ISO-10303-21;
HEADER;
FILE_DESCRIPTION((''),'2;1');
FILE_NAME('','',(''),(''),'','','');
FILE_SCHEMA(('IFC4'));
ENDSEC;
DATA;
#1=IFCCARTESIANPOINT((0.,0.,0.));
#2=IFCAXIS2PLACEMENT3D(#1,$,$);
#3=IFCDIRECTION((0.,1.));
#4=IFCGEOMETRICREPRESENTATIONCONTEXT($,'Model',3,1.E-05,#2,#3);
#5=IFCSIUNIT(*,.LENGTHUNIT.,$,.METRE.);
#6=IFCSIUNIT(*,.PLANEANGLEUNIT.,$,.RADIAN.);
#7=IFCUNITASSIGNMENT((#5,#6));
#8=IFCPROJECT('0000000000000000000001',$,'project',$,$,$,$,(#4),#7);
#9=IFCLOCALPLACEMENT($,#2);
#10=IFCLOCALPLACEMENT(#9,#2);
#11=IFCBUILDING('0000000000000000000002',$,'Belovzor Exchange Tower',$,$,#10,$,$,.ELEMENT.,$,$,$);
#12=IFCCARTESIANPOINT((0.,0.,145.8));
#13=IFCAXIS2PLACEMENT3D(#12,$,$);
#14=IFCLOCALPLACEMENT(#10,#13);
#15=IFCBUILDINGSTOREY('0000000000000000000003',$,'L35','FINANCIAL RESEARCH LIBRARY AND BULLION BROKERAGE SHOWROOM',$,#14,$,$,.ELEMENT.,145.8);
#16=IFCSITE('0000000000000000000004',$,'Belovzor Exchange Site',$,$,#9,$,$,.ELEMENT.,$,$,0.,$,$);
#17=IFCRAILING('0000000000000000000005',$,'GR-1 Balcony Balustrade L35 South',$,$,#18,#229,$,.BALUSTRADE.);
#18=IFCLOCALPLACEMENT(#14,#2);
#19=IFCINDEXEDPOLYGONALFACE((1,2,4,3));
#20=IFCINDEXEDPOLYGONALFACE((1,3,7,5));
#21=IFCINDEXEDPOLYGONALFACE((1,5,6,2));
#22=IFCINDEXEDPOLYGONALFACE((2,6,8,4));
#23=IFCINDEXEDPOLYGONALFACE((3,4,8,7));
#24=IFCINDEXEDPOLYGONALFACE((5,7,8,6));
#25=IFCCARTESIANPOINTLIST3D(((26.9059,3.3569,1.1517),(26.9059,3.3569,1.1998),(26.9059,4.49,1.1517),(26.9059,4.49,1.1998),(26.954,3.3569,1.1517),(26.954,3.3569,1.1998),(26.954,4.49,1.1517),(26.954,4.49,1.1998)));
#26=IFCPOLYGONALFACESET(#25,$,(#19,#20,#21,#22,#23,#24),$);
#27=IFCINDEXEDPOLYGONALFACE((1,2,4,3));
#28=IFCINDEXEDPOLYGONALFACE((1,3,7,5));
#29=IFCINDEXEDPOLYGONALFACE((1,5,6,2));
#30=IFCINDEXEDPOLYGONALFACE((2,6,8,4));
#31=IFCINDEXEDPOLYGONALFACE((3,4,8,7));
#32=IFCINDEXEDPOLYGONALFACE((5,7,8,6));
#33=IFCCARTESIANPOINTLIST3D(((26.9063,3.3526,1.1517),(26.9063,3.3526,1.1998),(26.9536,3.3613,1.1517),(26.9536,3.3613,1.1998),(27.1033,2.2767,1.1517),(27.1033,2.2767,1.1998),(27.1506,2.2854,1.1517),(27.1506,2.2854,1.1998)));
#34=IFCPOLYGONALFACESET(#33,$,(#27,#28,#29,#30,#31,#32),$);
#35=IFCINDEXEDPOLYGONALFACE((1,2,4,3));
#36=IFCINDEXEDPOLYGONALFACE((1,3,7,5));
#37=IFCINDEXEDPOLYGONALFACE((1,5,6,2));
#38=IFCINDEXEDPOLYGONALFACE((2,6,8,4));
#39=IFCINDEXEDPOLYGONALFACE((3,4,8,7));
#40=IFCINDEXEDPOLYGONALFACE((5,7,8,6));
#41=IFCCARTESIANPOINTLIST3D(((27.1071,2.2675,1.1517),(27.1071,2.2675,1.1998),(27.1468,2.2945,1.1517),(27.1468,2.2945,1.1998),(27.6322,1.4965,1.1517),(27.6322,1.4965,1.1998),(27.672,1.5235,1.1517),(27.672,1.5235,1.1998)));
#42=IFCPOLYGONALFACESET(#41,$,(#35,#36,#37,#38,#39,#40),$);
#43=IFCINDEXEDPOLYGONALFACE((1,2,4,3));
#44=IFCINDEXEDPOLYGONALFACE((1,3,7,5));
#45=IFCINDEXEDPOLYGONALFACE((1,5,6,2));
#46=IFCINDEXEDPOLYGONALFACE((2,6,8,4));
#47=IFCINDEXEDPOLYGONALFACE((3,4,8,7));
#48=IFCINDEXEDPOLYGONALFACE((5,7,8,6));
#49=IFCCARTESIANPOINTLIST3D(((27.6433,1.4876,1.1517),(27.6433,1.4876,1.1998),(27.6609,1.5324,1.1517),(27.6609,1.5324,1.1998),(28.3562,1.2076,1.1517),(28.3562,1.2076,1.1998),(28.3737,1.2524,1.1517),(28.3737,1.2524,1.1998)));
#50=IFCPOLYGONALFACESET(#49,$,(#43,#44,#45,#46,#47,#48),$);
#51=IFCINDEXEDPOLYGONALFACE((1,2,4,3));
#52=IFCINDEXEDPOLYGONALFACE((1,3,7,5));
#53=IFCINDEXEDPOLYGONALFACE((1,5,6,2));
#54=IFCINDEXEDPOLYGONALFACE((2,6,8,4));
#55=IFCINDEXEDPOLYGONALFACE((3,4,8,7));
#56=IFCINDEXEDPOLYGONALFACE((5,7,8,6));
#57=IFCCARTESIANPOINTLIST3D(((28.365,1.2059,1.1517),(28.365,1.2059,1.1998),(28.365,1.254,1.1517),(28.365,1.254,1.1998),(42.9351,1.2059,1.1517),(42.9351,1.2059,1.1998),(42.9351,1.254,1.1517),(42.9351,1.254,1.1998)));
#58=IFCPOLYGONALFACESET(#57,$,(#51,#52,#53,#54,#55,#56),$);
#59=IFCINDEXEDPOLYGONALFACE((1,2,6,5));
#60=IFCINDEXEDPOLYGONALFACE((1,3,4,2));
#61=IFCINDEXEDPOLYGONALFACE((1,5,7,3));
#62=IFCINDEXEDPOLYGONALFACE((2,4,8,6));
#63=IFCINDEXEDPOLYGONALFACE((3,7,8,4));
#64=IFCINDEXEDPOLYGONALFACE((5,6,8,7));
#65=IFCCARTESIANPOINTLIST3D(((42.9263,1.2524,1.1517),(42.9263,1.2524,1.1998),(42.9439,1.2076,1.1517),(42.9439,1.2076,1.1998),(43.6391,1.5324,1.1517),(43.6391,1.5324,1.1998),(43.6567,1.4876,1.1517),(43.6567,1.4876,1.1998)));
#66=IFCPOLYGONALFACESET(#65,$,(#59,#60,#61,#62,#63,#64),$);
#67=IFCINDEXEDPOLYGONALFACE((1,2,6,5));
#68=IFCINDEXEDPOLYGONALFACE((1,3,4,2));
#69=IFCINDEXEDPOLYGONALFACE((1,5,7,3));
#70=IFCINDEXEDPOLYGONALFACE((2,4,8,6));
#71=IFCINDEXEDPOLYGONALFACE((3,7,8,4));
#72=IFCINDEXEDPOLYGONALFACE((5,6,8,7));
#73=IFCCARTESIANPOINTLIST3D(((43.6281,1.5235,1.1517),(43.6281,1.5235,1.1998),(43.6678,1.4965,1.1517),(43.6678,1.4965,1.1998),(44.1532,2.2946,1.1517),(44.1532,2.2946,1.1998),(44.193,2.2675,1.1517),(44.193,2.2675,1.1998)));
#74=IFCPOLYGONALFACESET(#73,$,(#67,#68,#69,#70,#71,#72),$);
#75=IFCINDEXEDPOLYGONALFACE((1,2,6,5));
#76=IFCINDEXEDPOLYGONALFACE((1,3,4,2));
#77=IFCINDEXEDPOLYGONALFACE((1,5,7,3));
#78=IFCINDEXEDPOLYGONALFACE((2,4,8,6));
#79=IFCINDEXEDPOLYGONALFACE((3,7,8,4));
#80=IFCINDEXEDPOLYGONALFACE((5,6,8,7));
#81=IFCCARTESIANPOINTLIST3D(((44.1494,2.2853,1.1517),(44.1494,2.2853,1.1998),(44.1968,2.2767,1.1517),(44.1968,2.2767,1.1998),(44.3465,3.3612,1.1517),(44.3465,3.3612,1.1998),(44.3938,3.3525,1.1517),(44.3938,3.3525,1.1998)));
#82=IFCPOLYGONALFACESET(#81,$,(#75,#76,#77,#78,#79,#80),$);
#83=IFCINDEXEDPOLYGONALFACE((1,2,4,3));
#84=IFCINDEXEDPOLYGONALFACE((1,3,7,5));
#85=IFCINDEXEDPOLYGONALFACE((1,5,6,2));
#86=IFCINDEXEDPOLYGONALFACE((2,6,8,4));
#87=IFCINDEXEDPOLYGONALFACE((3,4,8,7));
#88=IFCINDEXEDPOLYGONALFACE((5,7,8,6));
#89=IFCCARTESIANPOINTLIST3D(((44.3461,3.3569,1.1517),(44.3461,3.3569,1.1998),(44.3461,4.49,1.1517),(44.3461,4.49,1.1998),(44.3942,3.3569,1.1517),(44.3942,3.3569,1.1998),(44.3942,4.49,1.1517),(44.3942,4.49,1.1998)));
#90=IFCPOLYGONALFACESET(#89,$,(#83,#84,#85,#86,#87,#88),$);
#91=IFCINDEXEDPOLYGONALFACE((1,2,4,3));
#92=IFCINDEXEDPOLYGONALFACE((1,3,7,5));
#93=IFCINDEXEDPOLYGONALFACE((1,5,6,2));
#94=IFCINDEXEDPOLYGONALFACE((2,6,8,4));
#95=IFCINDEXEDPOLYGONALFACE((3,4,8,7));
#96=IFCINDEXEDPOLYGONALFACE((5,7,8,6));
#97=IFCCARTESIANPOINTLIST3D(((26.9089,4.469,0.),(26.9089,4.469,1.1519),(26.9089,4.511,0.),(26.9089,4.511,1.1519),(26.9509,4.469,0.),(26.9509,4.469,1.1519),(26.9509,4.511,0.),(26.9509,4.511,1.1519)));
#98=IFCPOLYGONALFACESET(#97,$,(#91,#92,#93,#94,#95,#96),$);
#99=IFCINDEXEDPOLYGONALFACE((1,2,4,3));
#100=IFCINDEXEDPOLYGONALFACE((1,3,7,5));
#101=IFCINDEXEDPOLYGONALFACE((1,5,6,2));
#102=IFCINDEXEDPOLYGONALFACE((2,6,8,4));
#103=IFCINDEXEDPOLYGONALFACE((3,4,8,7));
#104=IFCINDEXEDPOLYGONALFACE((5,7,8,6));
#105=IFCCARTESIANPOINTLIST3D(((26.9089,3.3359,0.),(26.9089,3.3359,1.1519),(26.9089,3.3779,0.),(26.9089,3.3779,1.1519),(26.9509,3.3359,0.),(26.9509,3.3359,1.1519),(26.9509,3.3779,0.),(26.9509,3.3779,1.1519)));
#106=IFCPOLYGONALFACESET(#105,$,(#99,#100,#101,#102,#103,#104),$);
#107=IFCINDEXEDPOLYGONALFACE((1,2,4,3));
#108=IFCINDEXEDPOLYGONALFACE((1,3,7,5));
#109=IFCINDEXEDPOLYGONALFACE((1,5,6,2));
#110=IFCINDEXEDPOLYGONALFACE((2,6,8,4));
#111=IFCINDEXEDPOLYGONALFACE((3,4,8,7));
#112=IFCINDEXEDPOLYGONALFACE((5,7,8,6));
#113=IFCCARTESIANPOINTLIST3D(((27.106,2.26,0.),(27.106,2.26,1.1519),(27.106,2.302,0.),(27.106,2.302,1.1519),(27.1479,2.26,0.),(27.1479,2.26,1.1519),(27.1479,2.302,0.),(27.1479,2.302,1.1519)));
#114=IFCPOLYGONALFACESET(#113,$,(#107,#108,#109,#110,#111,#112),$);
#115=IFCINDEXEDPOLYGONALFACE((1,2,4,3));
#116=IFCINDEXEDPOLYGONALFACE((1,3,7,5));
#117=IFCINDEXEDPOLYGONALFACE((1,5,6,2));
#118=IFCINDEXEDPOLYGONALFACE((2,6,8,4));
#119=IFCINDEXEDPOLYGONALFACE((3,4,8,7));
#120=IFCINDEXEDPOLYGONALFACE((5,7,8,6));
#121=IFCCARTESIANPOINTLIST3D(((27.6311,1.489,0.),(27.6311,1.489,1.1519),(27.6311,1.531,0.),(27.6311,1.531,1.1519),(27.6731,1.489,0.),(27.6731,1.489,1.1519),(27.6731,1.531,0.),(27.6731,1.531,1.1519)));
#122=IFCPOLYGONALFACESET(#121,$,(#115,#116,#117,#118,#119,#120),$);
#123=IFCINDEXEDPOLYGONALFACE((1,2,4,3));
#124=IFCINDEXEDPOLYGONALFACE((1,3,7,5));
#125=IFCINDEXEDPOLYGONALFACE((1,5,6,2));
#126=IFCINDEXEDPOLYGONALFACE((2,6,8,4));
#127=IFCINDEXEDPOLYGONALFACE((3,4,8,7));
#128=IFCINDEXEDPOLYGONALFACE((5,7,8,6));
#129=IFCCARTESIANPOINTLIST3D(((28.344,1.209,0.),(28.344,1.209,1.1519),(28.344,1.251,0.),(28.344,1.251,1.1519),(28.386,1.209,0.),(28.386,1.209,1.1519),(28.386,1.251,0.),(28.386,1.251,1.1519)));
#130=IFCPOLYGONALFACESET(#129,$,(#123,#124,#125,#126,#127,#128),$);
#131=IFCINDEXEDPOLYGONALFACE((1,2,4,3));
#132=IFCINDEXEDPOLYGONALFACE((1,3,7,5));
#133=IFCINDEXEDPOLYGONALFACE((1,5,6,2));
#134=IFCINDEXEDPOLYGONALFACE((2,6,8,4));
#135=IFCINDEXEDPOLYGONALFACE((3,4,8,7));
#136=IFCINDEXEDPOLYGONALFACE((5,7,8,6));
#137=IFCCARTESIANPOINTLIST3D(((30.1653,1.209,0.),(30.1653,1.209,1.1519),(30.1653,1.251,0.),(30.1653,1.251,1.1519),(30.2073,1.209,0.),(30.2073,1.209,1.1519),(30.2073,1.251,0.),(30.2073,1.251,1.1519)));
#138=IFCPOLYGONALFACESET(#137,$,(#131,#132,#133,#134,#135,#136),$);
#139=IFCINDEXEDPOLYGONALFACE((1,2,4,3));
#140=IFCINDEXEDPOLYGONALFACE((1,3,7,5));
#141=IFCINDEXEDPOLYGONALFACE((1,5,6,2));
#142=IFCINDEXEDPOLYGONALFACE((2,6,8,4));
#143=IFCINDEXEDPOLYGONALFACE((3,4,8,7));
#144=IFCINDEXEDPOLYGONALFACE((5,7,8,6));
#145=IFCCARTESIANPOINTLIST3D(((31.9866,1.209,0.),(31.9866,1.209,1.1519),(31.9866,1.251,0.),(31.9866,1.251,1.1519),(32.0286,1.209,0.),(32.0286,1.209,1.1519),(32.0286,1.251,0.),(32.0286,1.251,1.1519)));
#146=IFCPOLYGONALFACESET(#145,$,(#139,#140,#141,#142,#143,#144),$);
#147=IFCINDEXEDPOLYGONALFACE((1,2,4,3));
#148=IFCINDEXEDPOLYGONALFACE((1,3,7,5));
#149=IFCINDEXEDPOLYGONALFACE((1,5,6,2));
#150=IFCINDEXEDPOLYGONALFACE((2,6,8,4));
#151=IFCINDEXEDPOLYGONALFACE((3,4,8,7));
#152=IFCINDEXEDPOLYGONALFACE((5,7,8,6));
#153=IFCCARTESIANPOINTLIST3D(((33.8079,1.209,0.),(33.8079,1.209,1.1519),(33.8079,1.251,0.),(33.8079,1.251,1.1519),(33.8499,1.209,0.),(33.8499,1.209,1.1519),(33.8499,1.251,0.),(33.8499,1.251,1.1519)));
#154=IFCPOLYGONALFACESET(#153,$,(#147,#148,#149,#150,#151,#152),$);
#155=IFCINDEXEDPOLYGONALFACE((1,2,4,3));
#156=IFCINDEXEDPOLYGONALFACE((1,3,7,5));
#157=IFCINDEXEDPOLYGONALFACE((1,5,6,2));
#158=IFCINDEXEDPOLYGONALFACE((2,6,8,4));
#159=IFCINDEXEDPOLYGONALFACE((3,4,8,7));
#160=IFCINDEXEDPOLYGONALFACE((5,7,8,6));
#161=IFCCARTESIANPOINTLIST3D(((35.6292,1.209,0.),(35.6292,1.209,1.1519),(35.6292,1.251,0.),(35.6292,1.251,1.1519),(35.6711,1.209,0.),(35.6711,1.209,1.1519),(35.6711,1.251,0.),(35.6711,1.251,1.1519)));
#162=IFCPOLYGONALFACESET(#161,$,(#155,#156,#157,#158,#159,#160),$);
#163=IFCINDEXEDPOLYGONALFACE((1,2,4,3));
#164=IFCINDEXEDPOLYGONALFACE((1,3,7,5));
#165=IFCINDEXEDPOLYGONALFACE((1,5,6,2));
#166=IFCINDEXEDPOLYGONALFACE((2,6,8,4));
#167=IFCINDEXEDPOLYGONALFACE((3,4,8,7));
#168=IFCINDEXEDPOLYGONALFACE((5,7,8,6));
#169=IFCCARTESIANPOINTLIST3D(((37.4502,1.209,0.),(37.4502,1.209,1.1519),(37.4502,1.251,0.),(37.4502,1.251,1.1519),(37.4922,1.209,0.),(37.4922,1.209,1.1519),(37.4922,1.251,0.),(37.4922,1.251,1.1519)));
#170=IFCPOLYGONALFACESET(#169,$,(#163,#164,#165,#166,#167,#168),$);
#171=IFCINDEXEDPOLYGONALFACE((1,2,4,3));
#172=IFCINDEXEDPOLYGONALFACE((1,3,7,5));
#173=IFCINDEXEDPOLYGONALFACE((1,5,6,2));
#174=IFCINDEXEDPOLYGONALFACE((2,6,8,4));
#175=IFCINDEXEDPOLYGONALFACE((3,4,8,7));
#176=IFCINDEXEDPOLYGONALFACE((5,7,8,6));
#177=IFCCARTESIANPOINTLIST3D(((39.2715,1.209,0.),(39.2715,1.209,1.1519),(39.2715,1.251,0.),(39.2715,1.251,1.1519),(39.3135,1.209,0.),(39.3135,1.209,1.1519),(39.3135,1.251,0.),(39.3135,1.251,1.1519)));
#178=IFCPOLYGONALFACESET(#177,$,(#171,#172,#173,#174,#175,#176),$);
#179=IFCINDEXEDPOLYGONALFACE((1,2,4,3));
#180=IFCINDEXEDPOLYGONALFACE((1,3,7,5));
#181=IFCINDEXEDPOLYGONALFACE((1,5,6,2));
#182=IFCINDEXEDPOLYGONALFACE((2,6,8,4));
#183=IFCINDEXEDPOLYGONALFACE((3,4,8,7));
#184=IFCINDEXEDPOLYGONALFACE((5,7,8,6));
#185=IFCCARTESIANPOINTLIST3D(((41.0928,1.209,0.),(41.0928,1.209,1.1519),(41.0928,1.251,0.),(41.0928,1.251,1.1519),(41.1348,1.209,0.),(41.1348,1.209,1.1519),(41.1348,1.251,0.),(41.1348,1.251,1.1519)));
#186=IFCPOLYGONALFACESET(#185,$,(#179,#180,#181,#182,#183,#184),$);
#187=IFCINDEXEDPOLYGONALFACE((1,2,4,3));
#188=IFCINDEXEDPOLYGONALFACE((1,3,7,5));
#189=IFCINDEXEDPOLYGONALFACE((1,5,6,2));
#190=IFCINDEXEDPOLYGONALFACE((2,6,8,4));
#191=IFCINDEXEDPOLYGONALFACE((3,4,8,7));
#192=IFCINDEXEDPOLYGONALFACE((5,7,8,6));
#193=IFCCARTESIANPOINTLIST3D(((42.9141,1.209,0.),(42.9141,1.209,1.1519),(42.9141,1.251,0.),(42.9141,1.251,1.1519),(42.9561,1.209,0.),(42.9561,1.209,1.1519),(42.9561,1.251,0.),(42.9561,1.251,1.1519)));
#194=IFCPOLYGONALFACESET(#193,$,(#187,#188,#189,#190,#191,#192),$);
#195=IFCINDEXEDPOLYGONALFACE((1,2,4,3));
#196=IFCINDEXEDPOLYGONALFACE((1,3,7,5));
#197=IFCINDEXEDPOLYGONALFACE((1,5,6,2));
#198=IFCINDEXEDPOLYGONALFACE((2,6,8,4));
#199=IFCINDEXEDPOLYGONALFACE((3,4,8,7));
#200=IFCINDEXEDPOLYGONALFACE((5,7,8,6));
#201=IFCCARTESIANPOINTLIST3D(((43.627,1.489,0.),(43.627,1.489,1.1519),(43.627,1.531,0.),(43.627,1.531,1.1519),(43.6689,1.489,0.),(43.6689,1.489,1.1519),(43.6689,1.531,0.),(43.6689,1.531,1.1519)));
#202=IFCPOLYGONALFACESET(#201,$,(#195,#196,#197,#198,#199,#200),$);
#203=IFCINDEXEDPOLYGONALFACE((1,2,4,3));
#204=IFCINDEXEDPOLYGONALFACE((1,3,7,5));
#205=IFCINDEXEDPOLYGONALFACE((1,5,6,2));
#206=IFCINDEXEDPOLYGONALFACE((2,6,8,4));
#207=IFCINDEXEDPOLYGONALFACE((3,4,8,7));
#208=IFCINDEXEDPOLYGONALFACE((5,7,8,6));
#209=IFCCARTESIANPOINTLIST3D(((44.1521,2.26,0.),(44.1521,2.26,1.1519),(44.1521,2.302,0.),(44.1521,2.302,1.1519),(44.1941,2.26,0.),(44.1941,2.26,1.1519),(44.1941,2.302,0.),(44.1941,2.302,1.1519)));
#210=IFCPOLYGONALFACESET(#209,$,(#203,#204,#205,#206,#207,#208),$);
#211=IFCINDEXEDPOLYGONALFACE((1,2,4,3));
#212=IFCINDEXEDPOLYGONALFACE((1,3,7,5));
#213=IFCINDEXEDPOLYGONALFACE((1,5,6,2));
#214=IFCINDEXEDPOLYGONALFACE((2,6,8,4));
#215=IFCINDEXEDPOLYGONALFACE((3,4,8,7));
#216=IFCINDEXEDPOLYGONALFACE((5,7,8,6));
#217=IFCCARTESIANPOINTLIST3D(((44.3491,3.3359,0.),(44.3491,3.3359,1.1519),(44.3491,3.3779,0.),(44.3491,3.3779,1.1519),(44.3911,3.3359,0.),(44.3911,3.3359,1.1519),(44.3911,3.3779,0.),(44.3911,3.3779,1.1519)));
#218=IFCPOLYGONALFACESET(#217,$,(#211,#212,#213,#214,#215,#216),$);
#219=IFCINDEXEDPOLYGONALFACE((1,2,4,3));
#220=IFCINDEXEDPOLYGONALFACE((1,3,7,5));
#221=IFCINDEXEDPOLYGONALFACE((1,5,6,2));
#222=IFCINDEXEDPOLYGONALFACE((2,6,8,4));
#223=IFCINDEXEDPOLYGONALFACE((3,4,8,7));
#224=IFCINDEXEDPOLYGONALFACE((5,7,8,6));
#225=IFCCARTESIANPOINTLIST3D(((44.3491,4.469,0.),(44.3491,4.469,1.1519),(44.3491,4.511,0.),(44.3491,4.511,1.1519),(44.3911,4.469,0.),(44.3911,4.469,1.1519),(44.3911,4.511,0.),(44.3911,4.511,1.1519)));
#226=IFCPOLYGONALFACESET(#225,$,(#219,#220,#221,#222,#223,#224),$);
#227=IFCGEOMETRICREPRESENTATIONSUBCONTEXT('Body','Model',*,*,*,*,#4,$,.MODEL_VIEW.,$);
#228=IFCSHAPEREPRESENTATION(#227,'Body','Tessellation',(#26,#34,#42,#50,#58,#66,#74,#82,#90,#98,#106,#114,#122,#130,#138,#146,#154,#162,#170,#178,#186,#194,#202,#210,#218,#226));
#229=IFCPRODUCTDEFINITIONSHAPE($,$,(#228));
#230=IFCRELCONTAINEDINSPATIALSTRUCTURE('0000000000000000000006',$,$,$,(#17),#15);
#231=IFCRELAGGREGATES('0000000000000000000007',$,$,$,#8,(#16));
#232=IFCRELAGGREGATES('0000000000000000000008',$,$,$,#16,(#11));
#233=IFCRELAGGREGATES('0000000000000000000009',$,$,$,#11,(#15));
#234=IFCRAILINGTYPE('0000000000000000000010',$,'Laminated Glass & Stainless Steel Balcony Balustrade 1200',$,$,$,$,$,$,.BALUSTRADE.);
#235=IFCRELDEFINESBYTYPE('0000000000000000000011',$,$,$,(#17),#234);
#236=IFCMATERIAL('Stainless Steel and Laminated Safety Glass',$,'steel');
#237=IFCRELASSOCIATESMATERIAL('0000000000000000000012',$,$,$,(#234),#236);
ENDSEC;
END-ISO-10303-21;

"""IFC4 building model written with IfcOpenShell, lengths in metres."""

from ifc_helpers import new_model, si_unit, direction, frame, origin, origin_2d, place, context, subcontext, project, spatial, rectangle, extrude, material, type_object, element, save


model = new_model("IFC4")

# Units and contexts
model_context = context("Model", 3, precision=1e-05, world=origin(), true_north=direction((0.0, 1.0)))
body_context = subcontext(model_context, "Body", "Model", "MODEL_VIEW")
ifc_project = project(units=[si_unit("LENGTHUNIT", "METRE"), si_unit("PLANEANGLEUNIT", "RADIAN")], contexts=[model_context])

# Site, building, storey
site_placement = place(None, origin())
site = spatial("IfcSite", under=ifc_project, at=site_placement, Name="Belovzor Exchange Site", CompositionType="ELEMENT", RefElevation=0.0)
building_placement = place(site_placement, origin())
building = spatial("IfcBuilding", under=site, at=building_placement, Name="Belovzor Exchange Tower", CompositionType="ELEMENT")
storey_placement = place(building_placement, frame((0.0, 0.0, 145.8)))
storey = spatial("IfcBuildingStorey", under=building, at=storey_placement, Name="L35", Description="FINANCIAL RESEARCH LIBRARY AND BULLION BROKERAGE SHOWROOM", CompositionType="ELEMENT", Elevation=145.8)

# Railing
ifc_material_1 = material(Name="Stainless Steel and Laminated Safety Glass", Category="steel")
railing_type = type_object("IfcRailingType", Name="Laminated Glass & Stainless Steel Balcony Balustrade 1200", PredefinedType="BALUSTRADE", material=ifc_material_1)
railing_placement = place(storey_placement, frame((26.9299, 4.49, 0.0)))
element("IfcRailing", 1, at=railing_placement, inside=storey, type_object=railing_type, Name="GR-1 Balcony Balustrade L35 South", PredefinedType="BALUSTRADE", context=body_context, shape_type="SweptSolid", body=[
    extrude(rectangle(XDim=0.0481, YDim=0.0481, at=origin_2d()), frame((0.0, 0.0, 1.1758), z_axis=(0.0, -1.0, 0.0), x_axis=(1.0, 0.0, 0.0)), (0.0, 0.0, 1.0), 1.1331),
    extrude(rectangle(XDim=0.0481, YDim=0.0481, at=origin_2d()), frame((0.0, -1.1331, 1.1758), z_axis=(0.180123, -0.983644, 0.0), x_axis=(0.983644, 0.180123, 0.0)), (0.0, 0.0, 1.0), 1.0938),
    extrude(rectangle(XDim=0.0481, YDim=0.0481, at=origin_2d()), frame((0.197, -2.209, 1.1758), z_axis=(0.562947, -0.826493, 0.0), x_axis=(0.826493, 0.562947, 0.0)), (0.0, 0.0, 1.0), 0.9329),
    extrude(rectangle(XDim=0.0481, YDim=0.0481, at=origin_2d()), frame((0.7222, -2.98, 1.1758), z_axis=(0.930767, -0.365613, 0.0), x_axis=(0.365613, 0.930767, 0.0)), (0.0, 0.0, 1.0), 0.7659),
    extrude(rectangle(XDim=0.0481, YDim=0.0481, at=origin_2d()), frame((1.4351, -3.26, 1.1758), z_axis=(1.0, 0.0, 0.0), x_axis=(0.0, 1.0, 0.0)), (0.0, 0.0, 1.0), 14.5701),
    extrude(rectangle(XDim=0.0481, YDim=0.0481, at=origin_2d()), frame((16.0051, -3.26, 1.1758), z_axis=(0.930767, 0.365613, 0.0), x_axis=(-0.365613, 0.930767, 0.0)), (0.0, 0.0, 1.0), 0.7659),
    extrude(rectangle(XDim=0.0481, YDim=0.0481, at=origin_2d()), frame((16.718, -2.98, 1.1758), z_axis=(0.562947, 0.826493, 0.0), x_axis=(-0.826493, 0.562947, 0.0)), (0.0, 0.0, 1.0), 0.9329),
    extrude(rectangle(XDim=0.0481, YDim=0.0481, at=origin_2d()), frame((17.2432, -2.209, 1.1758), z_axis=(0.180123, 0.983644, 0.0), x_axis=(-0.983644, 0.180123, 0.0)), (0.0, 0.0, 1.0), 1.0938),
    extrude(rectangle(XDim=0.0481, YDim=0.0481, at=origin_2d()), frame((17.4402, -1.1331, 1.1758), z_axis=(0.0, 1.0, 0.0), x_axis=(-1.0, 0.0, 0.0)), (0.0, 0.0, 1.0), 1.1331),
    extrude(rectangle(XDim=0.042, YDim=0.042, at=origin_2d()), origin(), (0.0, 0.0, 1.0), 1.1519),
    extrude(rectangle(XDim=0.042, YDim=0.042, at=origin_2d()), frame((0.0, -1.1331, 0.0)), (0.0, 0.0, 1.0), 1.1519),
    extrude(rectangle(XDim=0.042, YDim=0.042, at=origin_2d()), frame((0.197, -2.209, 0.0)), (0.0, 0.0, 1.0), 1.1519),
    extrude(rectangle(XDim=0.042, YDim=0.042, at=origin_2d()), frame((0.7222, -2.98, 0.0)), (0.0, 0.0, 1.0), 1.1519),
    extrude(rectangle(XDim=0.042, YDim=0.042, at=origin_2d()), frame((1.4351, -3.26, 0.0)), (0.0, 0.0, 1.0), 1.1519),
    extrude(rectangle(XDim=0.042, YDim=0.042, at=origin_2d()), frame((3.2563, -3.26, 0.0)), (0.0, 0.0, 1.0), 1.1519),
    extrude(rectangle(XDim=0.042, YDim=0.042, at=origin_2d()), frame((5.0776, -3.26, 0.0)), (0.0, 0.0, 1.0), 1.1519),
    extrude(rectangle(XDim=0.042, YDim=0.042, at=origin_2d()), frame((6.8989, -3.26, 0.0)), (0.0, 0.0, 1.0), 1.1519),
    extrude(rectangle(XDim=0.042, YDim=0.042, at=origin_2d()), frame((8.7202, -3.26, 0.0)), (0.0, 0.0, 1.0), 1.1519),
    extrude(rectangle(XDim=0.042, YDim=0.042, at=origin_2d()), frame((10.5413, -3.26, 0.0)), (0.0, 0.0, 1.0), 1.1519),
    extrude(rectangle(XDim=0.042, YDim=0.042, at=origin_2d()), frame((12.3625, -3.26, 0.0)), (0.0, 0.0, 1.0), 1.1519),
    extrude(rectangle(XDim=0.042, YDim=0.042, at=origin_2d()), frame((14.1838, -3.26, 0.0)), (0.0, 0.0, 1.0), 1.1519),
    extrude(rectangle(XDim=0.042, YDim=0.042, at=origin_2d()), frame((16.0051, -3.26, 0.0)), (0.0, 0.0, 1.0), 1.1519),
    extrude(rectangle(XDim=0.042, YDim=0.042, at=origin_2d()), frame((16.718, -2.98, 0.0)), (0.0, 0.0, 1.0), 1.1519),
    extrude(rectangle(XDim=0.042, YDim=0.042, at=origin_2d()), frame((17.2432, -2.209, 0.0)), (0.0, 0.0, 1.0), 1.1519),
    extrude(rectangle(XDim=0.042, YDim=0.042, at=origin_2d()), frame((17.4402, -1.1331, 0.0)), (0.0, 0.0, 1.0), 1.1519),
    extrude(rectangle(XDim=0.042, YDim=0.042, at=origin_2d()), frame((17.4402, 0.0, 0.0)), (0.0, 0.0, 1.0), 1.1519),
])

save(model, "model.ifc")
